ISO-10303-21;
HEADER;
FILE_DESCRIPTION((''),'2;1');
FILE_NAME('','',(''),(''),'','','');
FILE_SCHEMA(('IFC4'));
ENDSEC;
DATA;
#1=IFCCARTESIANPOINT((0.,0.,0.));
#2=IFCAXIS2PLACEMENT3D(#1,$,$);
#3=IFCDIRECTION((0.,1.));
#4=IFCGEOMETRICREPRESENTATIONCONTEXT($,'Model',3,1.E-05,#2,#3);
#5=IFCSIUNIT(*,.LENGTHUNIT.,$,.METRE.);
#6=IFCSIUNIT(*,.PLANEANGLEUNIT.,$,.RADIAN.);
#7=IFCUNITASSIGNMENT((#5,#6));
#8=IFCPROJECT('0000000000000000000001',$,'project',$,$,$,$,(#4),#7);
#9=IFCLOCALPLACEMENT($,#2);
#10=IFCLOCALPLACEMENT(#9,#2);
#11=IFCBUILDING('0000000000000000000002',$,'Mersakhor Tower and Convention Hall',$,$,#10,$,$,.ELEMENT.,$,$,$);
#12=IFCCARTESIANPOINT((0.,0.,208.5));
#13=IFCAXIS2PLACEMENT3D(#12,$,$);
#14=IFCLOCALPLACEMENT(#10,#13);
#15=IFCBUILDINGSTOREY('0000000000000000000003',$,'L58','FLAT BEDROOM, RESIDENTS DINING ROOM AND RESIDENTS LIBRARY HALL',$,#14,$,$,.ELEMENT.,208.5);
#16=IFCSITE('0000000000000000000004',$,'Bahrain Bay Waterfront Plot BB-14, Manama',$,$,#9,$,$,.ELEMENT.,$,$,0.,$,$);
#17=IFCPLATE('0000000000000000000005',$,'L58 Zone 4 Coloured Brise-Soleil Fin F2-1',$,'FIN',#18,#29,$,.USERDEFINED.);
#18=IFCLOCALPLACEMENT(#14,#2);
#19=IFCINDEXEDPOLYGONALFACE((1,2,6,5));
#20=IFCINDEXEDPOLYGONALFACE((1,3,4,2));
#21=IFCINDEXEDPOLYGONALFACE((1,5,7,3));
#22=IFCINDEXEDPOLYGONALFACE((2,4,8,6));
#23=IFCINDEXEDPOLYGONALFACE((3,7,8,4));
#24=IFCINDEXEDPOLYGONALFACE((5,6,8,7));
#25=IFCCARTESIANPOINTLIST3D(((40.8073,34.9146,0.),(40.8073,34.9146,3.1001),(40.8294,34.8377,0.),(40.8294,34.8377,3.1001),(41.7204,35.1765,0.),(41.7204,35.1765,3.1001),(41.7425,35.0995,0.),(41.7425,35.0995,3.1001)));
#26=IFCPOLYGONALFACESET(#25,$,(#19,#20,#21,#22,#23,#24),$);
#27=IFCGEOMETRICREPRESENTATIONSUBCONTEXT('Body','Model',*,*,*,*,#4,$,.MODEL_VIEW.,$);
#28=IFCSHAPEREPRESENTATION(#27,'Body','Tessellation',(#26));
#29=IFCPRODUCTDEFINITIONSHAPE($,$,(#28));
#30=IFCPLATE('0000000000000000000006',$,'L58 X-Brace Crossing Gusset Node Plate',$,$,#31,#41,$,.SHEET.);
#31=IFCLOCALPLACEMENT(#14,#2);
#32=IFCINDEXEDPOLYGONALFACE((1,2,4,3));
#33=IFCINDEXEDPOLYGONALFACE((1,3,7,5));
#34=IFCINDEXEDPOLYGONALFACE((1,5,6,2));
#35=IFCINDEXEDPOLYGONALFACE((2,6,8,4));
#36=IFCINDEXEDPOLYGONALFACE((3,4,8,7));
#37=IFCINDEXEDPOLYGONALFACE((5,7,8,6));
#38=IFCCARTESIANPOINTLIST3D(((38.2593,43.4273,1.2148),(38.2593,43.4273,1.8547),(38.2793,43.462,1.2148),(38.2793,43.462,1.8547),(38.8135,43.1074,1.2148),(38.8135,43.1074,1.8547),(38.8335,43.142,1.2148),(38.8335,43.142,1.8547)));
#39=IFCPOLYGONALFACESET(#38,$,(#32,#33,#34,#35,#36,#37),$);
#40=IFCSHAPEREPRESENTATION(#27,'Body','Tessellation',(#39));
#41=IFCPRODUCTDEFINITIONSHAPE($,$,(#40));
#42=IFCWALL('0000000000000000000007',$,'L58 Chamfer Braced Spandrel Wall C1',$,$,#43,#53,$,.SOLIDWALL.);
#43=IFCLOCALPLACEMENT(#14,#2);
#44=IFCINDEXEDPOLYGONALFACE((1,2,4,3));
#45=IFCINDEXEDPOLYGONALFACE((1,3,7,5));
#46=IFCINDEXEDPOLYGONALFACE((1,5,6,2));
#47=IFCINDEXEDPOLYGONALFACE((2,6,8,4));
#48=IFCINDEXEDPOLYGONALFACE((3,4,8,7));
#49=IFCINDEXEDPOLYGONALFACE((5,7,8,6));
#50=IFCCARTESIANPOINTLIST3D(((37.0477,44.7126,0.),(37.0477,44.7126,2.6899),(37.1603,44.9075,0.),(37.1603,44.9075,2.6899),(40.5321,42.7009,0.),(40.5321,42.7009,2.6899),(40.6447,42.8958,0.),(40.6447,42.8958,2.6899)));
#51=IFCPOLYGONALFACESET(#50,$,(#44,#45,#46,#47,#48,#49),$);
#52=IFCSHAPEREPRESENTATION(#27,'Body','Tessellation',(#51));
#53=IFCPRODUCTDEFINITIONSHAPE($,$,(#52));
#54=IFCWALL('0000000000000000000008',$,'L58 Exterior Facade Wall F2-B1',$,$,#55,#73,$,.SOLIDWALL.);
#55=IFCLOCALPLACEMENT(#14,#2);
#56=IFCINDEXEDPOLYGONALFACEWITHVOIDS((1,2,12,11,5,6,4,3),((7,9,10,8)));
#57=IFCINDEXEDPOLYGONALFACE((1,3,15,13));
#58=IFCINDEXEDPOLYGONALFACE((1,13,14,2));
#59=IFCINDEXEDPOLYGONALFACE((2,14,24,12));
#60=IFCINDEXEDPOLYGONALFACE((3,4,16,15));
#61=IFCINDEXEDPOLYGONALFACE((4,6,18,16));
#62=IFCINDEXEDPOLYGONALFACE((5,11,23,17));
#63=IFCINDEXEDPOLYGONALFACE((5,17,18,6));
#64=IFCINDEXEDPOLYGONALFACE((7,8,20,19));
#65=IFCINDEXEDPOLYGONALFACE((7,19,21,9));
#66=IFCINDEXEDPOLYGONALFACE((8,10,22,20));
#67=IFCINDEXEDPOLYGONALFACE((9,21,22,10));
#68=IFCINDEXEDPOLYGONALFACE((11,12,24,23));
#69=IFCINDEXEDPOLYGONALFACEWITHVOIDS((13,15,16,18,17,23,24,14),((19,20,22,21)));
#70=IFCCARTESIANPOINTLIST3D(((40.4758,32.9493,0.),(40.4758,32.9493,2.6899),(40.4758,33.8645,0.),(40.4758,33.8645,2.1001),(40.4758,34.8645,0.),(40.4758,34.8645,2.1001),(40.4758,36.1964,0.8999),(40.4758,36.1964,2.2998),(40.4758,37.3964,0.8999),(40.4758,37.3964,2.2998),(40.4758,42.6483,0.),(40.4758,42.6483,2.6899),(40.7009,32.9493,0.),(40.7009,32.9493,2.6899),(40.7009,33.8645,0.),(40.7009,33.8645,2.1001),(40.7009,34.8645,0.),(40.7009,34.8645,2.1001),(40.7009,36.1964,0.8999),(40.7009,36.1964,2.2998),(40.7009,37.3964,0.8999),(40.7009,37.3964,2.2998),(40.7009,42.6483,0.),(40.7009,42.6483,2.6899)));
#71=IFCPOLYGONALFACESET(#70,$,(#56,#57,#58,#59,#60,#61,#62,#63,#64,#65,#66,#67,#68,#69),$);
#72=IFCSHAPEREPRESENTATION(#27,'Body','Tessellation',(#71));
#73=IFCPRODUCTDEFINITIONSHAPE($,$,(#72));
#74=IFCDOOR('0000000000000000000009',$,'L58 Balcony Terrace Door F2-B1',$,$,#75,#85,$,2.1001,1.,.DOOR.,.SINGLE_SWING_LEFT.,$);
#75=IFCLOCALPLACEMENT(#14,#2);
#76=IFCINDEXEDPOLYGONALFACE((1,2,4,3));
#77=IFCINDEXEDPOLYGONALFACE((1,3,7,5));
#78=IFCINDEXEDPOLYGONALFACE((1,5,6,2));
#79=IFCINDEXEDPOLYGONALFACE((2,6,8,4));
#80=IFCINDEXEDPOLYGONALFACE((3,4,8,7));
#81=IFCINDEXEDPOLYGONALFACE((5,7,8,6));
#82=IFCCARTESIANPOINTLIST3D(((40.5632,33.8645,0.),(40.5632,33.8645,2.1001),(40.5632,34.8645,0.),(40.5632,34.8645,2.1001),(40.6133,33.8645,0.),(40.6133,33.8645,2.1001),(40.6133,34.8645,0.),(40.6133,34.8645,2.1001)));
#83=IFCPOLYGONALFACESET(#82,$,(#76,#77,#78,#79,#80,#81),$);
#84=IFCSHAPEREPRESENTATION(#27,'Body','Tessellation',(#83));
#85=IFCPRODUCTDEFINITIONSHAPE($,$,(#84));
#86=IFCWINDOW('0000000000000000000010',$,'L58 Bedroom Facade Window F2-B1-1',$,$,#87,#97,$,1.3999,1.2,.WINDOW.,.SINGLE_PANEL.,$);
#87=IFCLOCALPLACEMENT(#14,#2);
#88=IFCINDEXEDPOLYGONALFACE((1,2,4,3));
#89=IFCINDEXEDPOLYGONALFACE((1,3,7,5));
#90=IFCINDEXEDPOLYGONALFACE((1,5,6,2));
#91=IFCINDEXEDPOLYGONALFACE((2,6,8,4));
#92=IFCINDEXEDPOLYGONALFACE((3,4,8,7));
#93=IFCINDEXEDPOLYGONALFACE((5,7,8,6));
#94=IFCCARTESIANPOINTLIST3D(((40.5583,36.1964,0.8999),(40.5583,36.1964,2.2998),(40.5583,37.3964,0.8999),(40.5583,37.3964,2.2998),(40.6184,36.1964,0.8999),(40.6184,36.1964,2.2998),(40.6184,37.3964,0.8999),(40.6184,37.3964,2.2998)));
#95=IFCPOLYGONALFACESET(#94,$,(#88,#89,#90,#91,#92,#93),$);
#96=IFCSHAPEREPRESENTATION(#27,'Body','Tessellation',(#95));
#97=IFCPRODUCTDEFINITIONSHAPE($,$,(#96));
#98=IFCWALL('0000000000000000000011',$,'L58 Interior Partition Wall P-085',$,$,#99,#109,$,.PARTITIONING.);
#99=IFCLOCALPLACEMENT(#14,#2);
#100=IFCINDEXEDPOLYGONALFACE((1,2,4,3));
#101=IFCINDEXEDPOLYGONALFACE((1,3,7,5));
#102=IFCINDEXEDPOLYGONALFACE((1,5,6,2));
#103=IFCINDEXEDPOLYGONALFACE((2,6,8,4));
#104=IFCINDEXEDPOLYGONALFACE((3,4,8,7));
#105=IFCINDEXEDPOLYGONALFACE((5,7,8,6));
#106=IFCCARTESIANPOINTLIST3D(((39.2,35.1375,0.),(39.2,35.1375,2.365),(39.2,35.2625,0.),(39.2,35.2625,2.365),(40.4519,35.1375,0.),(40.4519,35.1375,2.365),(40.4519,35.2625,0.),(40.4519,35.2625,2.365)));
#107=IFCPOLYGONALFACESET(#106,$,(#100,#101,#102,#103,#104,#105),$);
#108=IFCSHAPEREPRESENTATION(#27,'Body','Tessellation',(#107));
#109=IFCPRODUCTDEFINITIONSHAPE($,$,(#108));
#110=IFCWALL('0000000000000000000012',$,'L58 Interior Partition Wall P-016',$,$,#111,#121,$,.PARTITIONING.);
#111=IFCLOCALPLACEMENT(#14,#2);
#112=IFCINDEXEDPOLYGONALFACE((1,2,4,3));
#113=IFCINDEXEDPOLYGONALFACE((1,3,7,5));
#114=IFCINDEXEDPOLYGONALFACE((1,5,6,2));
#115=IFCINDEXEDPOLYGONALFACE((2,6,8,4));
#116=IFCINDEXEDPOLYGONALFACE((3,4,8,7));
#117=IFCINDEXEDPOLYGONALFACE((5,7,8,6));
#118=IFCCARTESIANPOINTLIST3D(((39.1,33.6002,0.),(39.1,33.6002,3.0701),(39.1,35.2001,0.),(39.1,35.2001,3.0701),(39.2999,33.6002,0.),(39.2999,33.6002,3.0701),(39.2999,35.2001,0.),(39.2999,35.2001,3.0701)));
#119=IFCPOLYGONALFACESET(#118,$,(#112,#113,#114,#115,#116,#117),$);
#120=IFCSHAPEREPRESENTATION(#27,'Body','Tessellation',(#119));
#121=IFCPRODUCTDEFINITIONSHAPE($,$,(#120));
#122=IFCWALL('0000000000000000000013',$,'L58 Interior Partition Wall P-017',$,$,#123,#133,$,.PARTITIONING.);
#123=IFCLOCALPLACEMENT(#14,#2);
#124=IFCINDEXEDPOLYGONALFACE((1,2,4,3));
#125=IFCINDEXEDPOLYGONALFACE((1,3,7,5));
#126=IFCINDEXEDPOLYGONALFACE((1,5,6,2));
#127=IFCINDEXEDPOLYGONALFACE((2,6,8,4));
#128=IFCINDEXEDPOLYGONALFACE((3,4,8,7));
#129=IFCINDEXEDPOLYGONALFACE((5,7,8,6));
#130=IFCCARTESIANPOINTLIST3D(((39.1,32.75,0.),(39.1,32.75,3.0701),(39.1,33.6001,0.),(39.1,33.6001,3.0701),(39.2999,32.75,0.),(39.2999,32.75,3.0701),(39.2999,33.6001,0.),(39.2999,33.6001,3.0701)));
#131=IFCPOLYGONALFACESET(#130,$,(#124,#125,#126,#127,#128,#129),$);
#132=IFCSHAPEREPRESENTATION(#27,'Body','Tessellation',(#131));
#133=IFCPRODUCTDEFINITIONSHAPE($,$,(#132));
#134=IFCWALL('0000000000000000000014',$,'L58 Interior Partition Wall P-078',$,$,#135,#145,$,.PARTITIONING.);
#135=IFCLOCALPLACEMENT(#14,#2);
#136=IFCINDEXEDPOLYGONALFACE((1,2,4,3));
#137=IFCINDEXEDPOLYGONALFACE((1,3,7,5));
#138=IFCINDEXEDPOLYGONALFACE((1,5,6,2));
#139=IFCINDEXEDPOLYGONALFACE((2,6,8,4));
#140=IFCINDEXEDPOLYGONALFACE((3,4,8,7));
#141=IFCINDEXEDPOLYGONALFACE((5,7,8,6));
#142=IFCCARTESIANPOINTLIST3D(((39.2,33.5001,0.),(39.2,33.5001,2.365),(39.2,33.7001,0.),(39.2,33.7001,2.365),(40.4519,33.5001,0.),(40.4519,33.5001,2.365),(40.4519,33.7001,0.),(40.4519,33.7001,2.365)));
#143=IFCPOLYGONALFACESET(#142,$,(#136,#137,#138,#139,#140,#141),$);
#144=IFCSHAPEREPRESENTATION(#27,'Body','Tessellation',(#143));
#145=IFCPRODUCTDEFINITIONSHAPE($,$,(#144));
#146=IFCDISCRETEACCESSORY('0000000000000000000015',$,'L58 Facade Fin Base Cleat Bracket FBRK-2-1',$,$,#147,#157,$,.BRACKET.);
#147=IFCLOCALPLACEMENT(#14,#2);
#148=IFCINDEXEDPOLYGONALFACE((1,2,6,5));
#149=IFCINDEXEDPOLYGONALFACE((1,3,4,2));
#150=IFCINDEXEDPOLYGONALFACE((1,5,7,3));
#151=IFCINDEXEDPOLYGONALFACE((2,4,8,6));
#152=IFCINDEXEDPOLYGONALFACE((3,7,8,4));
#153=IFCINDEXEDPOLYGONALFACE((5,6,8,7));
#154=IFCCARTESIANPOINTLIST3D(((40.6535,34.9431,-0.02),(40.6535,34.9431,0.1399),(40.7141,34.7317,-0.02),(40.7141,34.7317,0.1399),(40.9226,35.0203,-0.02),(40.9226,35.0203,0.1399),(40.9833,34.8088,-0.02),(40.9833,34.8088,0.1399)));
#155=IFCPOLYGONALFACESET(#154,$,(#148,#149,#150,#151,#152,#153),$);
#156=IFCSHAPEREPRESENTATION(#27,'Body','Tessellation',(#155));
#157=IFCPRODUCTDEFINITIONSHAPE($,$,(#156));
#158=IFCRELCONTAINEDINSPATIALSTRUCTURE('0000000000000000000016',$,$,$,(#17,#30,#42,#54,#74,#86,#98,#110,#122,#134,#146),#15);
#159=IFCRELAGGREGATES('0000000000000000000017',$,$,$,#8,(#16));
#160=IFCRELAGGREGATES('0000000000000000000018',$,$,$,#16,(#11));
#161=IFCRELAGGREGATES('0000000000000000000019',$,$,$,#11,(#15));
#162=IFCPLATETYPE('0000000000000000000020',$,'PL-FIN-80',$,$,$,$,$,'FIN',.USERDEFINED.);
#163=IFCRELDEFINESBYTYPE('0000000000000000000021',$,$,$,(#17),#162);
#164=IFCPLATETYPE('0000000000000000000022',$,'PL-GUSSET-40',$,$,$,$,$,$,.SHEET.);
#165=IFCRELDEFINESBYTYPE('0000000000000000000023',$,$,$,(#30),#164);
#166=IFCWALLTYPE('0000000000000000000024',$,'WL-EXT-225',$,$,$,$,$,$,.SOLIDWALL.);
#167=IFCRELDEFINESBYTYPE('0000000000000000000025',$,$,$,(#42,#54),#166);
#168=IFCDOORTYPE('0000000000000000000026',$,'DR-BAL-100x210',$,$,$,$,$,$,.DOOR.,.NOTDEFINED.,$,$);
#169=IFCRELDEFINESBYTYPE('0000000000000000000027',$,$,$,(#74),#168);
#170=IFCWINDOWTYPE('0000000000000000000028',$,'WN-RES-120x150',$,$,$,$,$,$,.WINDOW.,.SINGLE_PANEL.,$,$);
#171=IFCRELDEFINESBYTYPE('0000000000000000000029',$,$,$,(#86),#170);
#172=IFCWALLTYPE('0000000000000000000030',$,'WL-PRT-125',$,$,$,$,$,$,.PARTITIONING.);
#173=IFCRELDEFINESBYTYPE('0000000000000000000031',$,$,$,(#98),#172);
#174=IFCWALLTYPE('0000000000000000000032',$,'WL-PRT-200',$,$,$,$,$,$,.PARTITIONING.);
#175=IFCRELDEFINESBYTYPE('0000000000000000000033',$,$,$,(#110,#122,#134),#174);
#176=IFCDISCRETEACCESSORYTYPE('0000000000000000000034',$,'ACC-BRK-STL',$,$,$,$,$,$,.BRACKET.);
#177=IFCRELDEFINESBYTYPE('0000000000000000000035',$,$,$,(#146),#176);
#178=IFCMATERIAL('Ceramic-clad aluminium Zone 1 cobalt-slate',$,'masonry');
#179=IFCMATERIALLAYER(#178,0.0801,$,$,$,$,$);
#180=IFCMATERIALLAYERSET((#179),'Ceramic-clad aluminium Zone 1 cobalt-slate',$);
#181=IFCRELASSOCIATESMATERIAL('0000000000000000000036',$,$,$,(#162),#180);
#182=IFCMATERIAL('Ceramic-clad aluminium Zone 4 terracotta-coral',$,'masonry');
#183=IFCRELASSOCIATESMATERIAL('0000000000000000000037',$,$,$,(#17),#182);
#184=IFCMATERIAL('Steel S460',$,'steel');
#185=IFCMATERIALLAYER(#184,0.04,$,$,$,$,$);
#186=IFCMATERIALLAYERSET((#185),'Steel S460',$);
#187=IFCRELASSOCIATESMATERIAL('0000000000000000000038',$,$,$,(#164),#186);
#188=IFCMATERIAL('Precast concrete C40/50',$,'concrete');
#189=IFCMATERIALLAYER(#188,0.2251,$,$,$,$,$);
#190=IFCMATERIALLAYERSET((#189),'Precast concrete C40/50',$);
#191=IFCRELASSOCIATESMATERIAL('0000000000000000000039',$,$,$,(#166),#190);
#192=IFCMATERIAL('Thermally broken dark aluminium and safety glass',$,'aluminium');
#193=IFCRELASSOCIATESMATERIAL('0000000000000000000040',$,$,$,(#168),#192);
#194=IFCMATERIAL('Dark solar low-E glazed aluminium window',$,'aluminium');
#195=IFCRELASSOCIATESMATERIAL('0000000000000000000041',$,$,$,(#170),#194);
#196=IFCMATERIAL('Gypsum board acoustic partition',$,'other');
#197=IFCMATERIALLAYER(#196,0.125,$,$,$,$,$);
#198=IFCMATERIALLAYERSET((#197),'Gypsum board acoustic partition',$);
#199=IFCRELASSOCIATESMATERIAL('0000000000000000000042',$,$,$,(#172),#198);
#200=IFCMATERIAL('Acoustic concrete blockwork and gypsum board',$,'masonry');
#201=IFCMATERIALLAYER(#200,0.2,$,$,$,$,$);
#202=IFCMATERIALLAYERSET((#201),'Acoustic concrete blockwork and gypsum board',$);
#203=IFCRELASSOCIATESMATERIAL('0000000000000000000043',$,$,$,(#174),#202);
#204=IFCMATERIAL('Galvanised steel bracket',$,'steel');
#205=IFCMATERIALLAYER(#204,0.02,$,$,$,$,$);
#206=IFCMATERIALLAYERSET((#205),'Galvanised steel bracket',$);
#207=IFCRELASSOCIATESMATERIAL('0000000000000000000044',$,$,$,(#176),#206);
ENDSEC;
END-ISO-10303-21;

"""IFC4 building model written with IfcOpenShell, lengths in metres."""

from ifc_helpers import new_model, si_unit, direction, frame, frame_2d, origin, origin_2d, place, context, subcontext, project, spatial, rectangle, extrude, material, layer, layer_set, type_object, element, fill, save


model = new_model("IFC4")

# Units and contexts
model_context = context("Model", 3, precision=1e-05, world=origin(), true_north=direction((0.0, 1.0)))
body_context = subcontext(model_context, "Body", "Model", "MODEL_VIEW")
ifc_project = project(units=[si_unit("LENGTHUNIT", "METRE"), si_unit("PLANEANGLEUNIT", "RADIAN")], contexts=[model_context])

# Site, building, storey
site_placement = place(None, origin())
site = spatial("IfcSite", under=ifc_project, at=site_placement, Name="Bahrain Bay Waterfront Plot BB-14, Manama", CompositionType="ELEMENT", RefElevation=0.0)
building_placement = place(site_placement, origin())
building = spatial("IfcBuilding", under=site, at=building_placement, Name="Mersakhor Tower and Convention Hall", CompositionType="ELEMENT")
storey_placement = place(building_placement, frame((0.0, 0.0, 208.5)))
storey = spatial("IfcBuildingStorey", under=building, at=storey_placement, Name="L58", Description="FLAT BEDROOM, RESIDENTS DINING ROOM AND RESIDENTS LIBRARY HALL", CompositionType="ELEMENT", Elevation=208.5)

# Plates
ifc_material_1 = material(Name="Ceramic-clad aluminium Zone 4 terracotta-coral", Category="masonry")
ifc_material_2 = material(Name="Ceramic-clad aluminium Zone 1 cobalt-slate", Category="masonry")
ifc_layer_1 = layer(ifc_material_2, 0.0801)
ifc_layer_set_1 = layer_set([ifc_layer_1], Name="Ceramic-clad aluminium Zone 1 cobalt-slate")
plate_type_1 = type_object("IfcPlateType", Name="PL-FIN-80", ElementType="FIN", PredefinedType="USERDEFINED", material=ifc_layer_set_1)
plate_1_placement = place(storey_placement, frame((41.2749, 35.0071, 0.0), z_axis=(0.0, 0.0, 1.0), x_axis=(0.961262, 0.275637, 0.0)))
element("IfcPlate", 1, at=plate_1_placement, inside=storey, type_object=plate_type_1, material=ifc_material_1, Name="L58 Zone 4 Coloured Brise-Soleil Fin F2-1", ObjectType="FIN", PredefinedType="USERDEFINED", context=body_context, shape_type="SweptSolid", body=[
    extrude(rectangle(XDim=0.95, YDim=0.0801, at=origin_2d()), origin(), (0.0, 0.0, 1.0), 3.1001),
])
ifc_material_3 = material(Name="Steel S460", Category="steel")
ifc_layer_2 = layer(ifc_material_3, 0.04)
ifc_layer_set_2 = layer_set([ifc_layer_2], Name="Steel S460")
plate_type_2 = type_object("IfcPlateType", Name="PL-GUSSET-40", PredefinedType="SHEET", material=ifc_layer_set_2)
plate_2_placement = place(storey_placement, frame((38.5464, 43.2847, 1.2148), z_axis=(0.0, 0.0, 1.0), x_axis=(-0.866025, 0.5, 0.0)))
element("IfcPlate", 2, at=plate_2_placement, inside=storey, type_object=plate_type_2, Name="L58 X-Brace Crossing Gusset Node Plate", PredefinedType="SHEET", context=body_context, shape_type="SweptSolid", body=[
    extrude(rectangle(XDim=0.6399, YDim=0.04, at=origin_2d()), origin(), (0.0, 0.0, 1.0), 0.6399),
])

# Wall
ifc_material_4 = material(Name="Precast concrete C40/50", Category="concrete")
ifc_layer_3 = layer(ifc_material_4, 0.2251)
ifc_layer_set_3 = layer_set([ifc_layer_3], Name="Precast concrete C40/50")
wall_type_1 = type_object("IfcWallType", Name="WL-EXT-225", PredefinedType="SOLIDWALL", material=ifc_layer_set_3)
wall_1_placement = place(storey_placement, frame((37.104, 44.8101, 0.0), z_axis=(0.0, 0.0, 1.0), x_axis=(0.866024, -0.500003, 0.0)))
element("IfcWall", 3, at=wall_1_placement, inside=storey, type_object=wall_type_1, Name="L58 Chamfer Braced Spandrel Wall C1", PredefinedType="SOLIDWALL", context=body_context, shape_type="SweptSolid", body=[
    extrude(rectangle(XDim=4.0234, YDim=0.2251, at=frame_2d((2.0117, 0.0))), origin(), (0.0, 0.0, 1.0), 2.6899),
])

# Wall, openings, door, window
wall_2_placement = place(storey_placement, frame((40.5884, 42.6484, 0.0), z_axis=(0.0, 0.0, 1.0), x_axis=(0.0, -1.0, 0.0)))
wall_2 = element("IfcWall", 4, at=wall_2_placement, inside=storey, type_object=wall_type_1, Name="L58 Exterior Facade Wall F2-B1", PredefinedType="SOLIDWALL", context=body_context, shape_type="SweptSolid", body=[
    extrude(rectangle(XDim=9.699, YDim=0.2251, at=frame_2d((4.8496, 0.0))), origin(), (0.0, 0.0, 1.0), 2.6899),
])
opening_1_placement = place(wall_2_placement, frame((7.7839, 0.0, 0.0)))
opening_1 = element("IfcOpeningElement", 5, at=opening_1_placement, cuts=wall_2, PredefinedType="OPENING", context=body_context, shape_type="SweptSolid", body=[
    extrude(rectangle(XDim=1.0, YDim=2.1001, at=frame_2d((0.5, 1.05))), frame((0.0, 0.1226, 0.0), z_axis=(0.0, -1.0, 0.0), x_axis=(1.0, 0.0, 0.0)), (0.0, 0.0, 1.0), 0.2451),
])
opening_2_placement = place(wall_2_placement, frame((5.252, 0.0, 0.8999)))
opening_2 = element("IfcOpeningElement", 6, at=opening_2_placement, cuts=wall_2, PredefinedType="OPENING", context=body_context, shape_type="SweptSolid", body=[
    extrude(rectangle(XDim=1.2, YDim=1.3999, at=frame_2d((0.6001, 0.7))), frame((0.0, 0.1226, 0.0), z_axis=(0.0, -1.0, 0.0), x_axis=(1.0, 0.0, 0.0)), (0.0, 0.0, 1.0), 0.2451),
])
ifc_material_5 = material(Name="Thermally broken dark aluminium and safety glass", Category="aluminium")
door_type = type_object("IfcDoorType", Name="DR-BAL-100x210", OperationType="NOTDEFINED", PredefinedType="DOOR", material=ifc_material_5)
door_placement = place(opening_1_placement, origin())
door = element("IfcDoor", 7, at=door_placement, inside=storey, type_object=door_type, Name="L58 Balcony Terrace Door F2-B1", OperationType="SINGLE_SWING_LEFT", OverallHeight=2.1001, OverallWidth=1.0, PredefinedType="DOOR", context=body_context, shape_type="SweptSolid", body=[
    extrude(rectangle(XDim=1.0, YDim=2.1001, at=frame_2d((0.5, 1.05))), frame((0.0, 0.0249, 0.0), z_axis=(0.0, -1.0, 0.0), x_axis=(1.0, 0.0, 0.0)), (0.0, 0.0, 1.0), 0.05),
])
fill(opening_1, door)
ifc_material_6 = material(Name="Dark solar low-E glazed aluminium window", Category="aluminium")
window_type = type_object("IfcWindowType", Name="WN-RES-120x150", PartitioningType="SINGLE_PANEL", PredefinedType="WINDOW", material=ifc_material_6)
window_placement = place(opening_2_placement, origin())
window = element("IfcWindow", 8, at=window_placement, inside=storey, type_object=window_type, Name="L58 Bedroom Facade Window F2-B1-1", OverallHeight=1.3999, OverallWidth=1.2, PartitioningType="SINGLE_PANEL", PredefinedType="WINDOW", context=body_context, shape_type="SweptSolid", body=[
    extrude(rectangle(XDim=1.2, YDim=1.3999, at=frame_2d((0.6001, 0.7))), frame((0.0, 0.03, 0.0), z_axis=(0.0, -1.0, 0.0), x_axis=(1.0, 0.0, 0.0)), (0.0, 0.0, 1.0), 0.0601),
])
fill(opening_2, window)

# Walls
ifc_material_7 = material(Name="Gypsum board acoustic partition", Category="other")
ifc_layer_4 = layer(ifc_material_7, 0.125)
ifc_layer_set_4 = layer_set([ifc_layer_4], Name="Gypsum board acoustic partition")
wall_type_2 = type_object("IfcWallType", Name="WL-PRT-125", PredefinedType="PARTITIONING", material=ifc_layer_set_4)
wall_3_placement = place(storey_placement, frame((40.4519, 35.2, 0.0), z_axis=(0.0, 0.0, 1.0), x_axis=(-1.0, 0.0, 0.0)))
element("IfcWall", 9, at=wall_3_placement, inside=storey, type_object=wall_type_2, Name="L58 Interior Partition Wall P-085", PredefinedType="PARTITIONING", context=body_context, shape_type="SweptSolid", body=[
    extrude(rectangle(XDim=1.252, YDim=0.125, at=frame_2d((0.626, 0.0))), origin(), (0.0, 0.0, 1.0), 2.365),
])
ifc_material_8 = material(Name="Acoustic concrete blockwork and gypsum board", Category="masonry")
ifc_layer_5 = layer(ifc_material_8, 0.2)
ifc_layer_set_5 = layer_set([ifc_layer_5], Name="Acoustic concrete blockwork and gypsum board")
wall_type_3 = type_object("IfcWallType", Name="WL-PRT-200", PredefinedType="PARTITIONING", material=ifc_layer_set_5)
wall_4_placement = place(storey_placement, frame((39.2, 35.2, 0.0), z_axis=(0.0, 0.0, 1.0), x_axis=(0.0, -1.0, 0.0)))
element("IfcWall", 10, at=wall_4_placement, inside=storey, type_object=wall_type_3, Name="L58 Interior Partition Wall P-016", PredefinedType="PARTITIONING", context=body_context, shape_type="SweptSolid", body=[
    extrude(rectangle(XDim=1.5999, YDim=0.2, at=frame_2d((0.7998, 0.0))), origin(), (0.0, 0.0, 1.0), 3.0701),
])
wall_5_placement = place(storey_placement, frame((39.2, 33.6001, 0.0), z_axis=(0.0, 0.0, 1.0), x_axis=(0.0, -1.0, 0.0)))
element("IfcWall", 11, at=wall_5_placement, inside=storey, type_object=wall_type_3, Name="L58 Interior Partition Wall P-017", PredefinedType="PARTITIONING", context=body_context, shape_type="SweptSolid", body=[
    extrude(rectangle(XDim=0.8501, YDim=0.2, at=frame_2d((0.425, 0.0))), origin(), (0.0, 0.0, 1.0), 3.0701),
])
wall_6_placement = place(storey_placement, frame((39.2, 33.6001, 0.0), z_axis=(0.0, 0.0, 1.0), x_axis=(1.0, 0.0, 0.0)))
element("IfcWall", 12, at=wall_6_placement, inside=storey, type_object=wall_type_3, Name="L58 Interior Partition Wall P-078", PredefinedType="PARTITIONING", context=body_context, shape_type="SweptSolid", body=[
    extrude(rectangle(XDim=1.252, YDim=0.2, at=frame_2d((0.626, 0.0))), origin(), (0.0, 0.0, 1.0), 2.365),
])

# Discrete accessory
ifc_material_9 = material(Name="Galvanised steel bracket", Category="steel")
ifc_layer_6 = layer(ifc_material_9, 0.02)
ifc_layer_set_6 = layer_set([ifc_layer_6], Name="Galvanised steel bracket")
discrete_accessory_type = type_object("IfcDiscreteAccessoryType", Name="ACC-BRK-STL", PredefinedType="BRACKET", material=ifc_layer_set_6)
discrete_accessory_placement = place(storey_placement, frame((40.8184, 34.876, -0.02), z_axis=(0.0, 0.0, 1.0), x_axis=(0.961262, 0.275637, 0.0)))
element("IfcDiscreteAccessory", 13, at=discrete_accessory_placement, inside=storey, type_object=discrete_accessory_type, Name="L58 Facade Fin Base Cleat Bracket FBRK-2-1", PredefinedType="BRACKET", context=body_context, shape_type="SweptSolid", body=[
    extrude(rectangle(XDim=0.28, YDim=0.22, at=origin_2d()), origin(), (0.0, 0.0, 1.0), 0.1599),
])

save(model, "model.ifc")
